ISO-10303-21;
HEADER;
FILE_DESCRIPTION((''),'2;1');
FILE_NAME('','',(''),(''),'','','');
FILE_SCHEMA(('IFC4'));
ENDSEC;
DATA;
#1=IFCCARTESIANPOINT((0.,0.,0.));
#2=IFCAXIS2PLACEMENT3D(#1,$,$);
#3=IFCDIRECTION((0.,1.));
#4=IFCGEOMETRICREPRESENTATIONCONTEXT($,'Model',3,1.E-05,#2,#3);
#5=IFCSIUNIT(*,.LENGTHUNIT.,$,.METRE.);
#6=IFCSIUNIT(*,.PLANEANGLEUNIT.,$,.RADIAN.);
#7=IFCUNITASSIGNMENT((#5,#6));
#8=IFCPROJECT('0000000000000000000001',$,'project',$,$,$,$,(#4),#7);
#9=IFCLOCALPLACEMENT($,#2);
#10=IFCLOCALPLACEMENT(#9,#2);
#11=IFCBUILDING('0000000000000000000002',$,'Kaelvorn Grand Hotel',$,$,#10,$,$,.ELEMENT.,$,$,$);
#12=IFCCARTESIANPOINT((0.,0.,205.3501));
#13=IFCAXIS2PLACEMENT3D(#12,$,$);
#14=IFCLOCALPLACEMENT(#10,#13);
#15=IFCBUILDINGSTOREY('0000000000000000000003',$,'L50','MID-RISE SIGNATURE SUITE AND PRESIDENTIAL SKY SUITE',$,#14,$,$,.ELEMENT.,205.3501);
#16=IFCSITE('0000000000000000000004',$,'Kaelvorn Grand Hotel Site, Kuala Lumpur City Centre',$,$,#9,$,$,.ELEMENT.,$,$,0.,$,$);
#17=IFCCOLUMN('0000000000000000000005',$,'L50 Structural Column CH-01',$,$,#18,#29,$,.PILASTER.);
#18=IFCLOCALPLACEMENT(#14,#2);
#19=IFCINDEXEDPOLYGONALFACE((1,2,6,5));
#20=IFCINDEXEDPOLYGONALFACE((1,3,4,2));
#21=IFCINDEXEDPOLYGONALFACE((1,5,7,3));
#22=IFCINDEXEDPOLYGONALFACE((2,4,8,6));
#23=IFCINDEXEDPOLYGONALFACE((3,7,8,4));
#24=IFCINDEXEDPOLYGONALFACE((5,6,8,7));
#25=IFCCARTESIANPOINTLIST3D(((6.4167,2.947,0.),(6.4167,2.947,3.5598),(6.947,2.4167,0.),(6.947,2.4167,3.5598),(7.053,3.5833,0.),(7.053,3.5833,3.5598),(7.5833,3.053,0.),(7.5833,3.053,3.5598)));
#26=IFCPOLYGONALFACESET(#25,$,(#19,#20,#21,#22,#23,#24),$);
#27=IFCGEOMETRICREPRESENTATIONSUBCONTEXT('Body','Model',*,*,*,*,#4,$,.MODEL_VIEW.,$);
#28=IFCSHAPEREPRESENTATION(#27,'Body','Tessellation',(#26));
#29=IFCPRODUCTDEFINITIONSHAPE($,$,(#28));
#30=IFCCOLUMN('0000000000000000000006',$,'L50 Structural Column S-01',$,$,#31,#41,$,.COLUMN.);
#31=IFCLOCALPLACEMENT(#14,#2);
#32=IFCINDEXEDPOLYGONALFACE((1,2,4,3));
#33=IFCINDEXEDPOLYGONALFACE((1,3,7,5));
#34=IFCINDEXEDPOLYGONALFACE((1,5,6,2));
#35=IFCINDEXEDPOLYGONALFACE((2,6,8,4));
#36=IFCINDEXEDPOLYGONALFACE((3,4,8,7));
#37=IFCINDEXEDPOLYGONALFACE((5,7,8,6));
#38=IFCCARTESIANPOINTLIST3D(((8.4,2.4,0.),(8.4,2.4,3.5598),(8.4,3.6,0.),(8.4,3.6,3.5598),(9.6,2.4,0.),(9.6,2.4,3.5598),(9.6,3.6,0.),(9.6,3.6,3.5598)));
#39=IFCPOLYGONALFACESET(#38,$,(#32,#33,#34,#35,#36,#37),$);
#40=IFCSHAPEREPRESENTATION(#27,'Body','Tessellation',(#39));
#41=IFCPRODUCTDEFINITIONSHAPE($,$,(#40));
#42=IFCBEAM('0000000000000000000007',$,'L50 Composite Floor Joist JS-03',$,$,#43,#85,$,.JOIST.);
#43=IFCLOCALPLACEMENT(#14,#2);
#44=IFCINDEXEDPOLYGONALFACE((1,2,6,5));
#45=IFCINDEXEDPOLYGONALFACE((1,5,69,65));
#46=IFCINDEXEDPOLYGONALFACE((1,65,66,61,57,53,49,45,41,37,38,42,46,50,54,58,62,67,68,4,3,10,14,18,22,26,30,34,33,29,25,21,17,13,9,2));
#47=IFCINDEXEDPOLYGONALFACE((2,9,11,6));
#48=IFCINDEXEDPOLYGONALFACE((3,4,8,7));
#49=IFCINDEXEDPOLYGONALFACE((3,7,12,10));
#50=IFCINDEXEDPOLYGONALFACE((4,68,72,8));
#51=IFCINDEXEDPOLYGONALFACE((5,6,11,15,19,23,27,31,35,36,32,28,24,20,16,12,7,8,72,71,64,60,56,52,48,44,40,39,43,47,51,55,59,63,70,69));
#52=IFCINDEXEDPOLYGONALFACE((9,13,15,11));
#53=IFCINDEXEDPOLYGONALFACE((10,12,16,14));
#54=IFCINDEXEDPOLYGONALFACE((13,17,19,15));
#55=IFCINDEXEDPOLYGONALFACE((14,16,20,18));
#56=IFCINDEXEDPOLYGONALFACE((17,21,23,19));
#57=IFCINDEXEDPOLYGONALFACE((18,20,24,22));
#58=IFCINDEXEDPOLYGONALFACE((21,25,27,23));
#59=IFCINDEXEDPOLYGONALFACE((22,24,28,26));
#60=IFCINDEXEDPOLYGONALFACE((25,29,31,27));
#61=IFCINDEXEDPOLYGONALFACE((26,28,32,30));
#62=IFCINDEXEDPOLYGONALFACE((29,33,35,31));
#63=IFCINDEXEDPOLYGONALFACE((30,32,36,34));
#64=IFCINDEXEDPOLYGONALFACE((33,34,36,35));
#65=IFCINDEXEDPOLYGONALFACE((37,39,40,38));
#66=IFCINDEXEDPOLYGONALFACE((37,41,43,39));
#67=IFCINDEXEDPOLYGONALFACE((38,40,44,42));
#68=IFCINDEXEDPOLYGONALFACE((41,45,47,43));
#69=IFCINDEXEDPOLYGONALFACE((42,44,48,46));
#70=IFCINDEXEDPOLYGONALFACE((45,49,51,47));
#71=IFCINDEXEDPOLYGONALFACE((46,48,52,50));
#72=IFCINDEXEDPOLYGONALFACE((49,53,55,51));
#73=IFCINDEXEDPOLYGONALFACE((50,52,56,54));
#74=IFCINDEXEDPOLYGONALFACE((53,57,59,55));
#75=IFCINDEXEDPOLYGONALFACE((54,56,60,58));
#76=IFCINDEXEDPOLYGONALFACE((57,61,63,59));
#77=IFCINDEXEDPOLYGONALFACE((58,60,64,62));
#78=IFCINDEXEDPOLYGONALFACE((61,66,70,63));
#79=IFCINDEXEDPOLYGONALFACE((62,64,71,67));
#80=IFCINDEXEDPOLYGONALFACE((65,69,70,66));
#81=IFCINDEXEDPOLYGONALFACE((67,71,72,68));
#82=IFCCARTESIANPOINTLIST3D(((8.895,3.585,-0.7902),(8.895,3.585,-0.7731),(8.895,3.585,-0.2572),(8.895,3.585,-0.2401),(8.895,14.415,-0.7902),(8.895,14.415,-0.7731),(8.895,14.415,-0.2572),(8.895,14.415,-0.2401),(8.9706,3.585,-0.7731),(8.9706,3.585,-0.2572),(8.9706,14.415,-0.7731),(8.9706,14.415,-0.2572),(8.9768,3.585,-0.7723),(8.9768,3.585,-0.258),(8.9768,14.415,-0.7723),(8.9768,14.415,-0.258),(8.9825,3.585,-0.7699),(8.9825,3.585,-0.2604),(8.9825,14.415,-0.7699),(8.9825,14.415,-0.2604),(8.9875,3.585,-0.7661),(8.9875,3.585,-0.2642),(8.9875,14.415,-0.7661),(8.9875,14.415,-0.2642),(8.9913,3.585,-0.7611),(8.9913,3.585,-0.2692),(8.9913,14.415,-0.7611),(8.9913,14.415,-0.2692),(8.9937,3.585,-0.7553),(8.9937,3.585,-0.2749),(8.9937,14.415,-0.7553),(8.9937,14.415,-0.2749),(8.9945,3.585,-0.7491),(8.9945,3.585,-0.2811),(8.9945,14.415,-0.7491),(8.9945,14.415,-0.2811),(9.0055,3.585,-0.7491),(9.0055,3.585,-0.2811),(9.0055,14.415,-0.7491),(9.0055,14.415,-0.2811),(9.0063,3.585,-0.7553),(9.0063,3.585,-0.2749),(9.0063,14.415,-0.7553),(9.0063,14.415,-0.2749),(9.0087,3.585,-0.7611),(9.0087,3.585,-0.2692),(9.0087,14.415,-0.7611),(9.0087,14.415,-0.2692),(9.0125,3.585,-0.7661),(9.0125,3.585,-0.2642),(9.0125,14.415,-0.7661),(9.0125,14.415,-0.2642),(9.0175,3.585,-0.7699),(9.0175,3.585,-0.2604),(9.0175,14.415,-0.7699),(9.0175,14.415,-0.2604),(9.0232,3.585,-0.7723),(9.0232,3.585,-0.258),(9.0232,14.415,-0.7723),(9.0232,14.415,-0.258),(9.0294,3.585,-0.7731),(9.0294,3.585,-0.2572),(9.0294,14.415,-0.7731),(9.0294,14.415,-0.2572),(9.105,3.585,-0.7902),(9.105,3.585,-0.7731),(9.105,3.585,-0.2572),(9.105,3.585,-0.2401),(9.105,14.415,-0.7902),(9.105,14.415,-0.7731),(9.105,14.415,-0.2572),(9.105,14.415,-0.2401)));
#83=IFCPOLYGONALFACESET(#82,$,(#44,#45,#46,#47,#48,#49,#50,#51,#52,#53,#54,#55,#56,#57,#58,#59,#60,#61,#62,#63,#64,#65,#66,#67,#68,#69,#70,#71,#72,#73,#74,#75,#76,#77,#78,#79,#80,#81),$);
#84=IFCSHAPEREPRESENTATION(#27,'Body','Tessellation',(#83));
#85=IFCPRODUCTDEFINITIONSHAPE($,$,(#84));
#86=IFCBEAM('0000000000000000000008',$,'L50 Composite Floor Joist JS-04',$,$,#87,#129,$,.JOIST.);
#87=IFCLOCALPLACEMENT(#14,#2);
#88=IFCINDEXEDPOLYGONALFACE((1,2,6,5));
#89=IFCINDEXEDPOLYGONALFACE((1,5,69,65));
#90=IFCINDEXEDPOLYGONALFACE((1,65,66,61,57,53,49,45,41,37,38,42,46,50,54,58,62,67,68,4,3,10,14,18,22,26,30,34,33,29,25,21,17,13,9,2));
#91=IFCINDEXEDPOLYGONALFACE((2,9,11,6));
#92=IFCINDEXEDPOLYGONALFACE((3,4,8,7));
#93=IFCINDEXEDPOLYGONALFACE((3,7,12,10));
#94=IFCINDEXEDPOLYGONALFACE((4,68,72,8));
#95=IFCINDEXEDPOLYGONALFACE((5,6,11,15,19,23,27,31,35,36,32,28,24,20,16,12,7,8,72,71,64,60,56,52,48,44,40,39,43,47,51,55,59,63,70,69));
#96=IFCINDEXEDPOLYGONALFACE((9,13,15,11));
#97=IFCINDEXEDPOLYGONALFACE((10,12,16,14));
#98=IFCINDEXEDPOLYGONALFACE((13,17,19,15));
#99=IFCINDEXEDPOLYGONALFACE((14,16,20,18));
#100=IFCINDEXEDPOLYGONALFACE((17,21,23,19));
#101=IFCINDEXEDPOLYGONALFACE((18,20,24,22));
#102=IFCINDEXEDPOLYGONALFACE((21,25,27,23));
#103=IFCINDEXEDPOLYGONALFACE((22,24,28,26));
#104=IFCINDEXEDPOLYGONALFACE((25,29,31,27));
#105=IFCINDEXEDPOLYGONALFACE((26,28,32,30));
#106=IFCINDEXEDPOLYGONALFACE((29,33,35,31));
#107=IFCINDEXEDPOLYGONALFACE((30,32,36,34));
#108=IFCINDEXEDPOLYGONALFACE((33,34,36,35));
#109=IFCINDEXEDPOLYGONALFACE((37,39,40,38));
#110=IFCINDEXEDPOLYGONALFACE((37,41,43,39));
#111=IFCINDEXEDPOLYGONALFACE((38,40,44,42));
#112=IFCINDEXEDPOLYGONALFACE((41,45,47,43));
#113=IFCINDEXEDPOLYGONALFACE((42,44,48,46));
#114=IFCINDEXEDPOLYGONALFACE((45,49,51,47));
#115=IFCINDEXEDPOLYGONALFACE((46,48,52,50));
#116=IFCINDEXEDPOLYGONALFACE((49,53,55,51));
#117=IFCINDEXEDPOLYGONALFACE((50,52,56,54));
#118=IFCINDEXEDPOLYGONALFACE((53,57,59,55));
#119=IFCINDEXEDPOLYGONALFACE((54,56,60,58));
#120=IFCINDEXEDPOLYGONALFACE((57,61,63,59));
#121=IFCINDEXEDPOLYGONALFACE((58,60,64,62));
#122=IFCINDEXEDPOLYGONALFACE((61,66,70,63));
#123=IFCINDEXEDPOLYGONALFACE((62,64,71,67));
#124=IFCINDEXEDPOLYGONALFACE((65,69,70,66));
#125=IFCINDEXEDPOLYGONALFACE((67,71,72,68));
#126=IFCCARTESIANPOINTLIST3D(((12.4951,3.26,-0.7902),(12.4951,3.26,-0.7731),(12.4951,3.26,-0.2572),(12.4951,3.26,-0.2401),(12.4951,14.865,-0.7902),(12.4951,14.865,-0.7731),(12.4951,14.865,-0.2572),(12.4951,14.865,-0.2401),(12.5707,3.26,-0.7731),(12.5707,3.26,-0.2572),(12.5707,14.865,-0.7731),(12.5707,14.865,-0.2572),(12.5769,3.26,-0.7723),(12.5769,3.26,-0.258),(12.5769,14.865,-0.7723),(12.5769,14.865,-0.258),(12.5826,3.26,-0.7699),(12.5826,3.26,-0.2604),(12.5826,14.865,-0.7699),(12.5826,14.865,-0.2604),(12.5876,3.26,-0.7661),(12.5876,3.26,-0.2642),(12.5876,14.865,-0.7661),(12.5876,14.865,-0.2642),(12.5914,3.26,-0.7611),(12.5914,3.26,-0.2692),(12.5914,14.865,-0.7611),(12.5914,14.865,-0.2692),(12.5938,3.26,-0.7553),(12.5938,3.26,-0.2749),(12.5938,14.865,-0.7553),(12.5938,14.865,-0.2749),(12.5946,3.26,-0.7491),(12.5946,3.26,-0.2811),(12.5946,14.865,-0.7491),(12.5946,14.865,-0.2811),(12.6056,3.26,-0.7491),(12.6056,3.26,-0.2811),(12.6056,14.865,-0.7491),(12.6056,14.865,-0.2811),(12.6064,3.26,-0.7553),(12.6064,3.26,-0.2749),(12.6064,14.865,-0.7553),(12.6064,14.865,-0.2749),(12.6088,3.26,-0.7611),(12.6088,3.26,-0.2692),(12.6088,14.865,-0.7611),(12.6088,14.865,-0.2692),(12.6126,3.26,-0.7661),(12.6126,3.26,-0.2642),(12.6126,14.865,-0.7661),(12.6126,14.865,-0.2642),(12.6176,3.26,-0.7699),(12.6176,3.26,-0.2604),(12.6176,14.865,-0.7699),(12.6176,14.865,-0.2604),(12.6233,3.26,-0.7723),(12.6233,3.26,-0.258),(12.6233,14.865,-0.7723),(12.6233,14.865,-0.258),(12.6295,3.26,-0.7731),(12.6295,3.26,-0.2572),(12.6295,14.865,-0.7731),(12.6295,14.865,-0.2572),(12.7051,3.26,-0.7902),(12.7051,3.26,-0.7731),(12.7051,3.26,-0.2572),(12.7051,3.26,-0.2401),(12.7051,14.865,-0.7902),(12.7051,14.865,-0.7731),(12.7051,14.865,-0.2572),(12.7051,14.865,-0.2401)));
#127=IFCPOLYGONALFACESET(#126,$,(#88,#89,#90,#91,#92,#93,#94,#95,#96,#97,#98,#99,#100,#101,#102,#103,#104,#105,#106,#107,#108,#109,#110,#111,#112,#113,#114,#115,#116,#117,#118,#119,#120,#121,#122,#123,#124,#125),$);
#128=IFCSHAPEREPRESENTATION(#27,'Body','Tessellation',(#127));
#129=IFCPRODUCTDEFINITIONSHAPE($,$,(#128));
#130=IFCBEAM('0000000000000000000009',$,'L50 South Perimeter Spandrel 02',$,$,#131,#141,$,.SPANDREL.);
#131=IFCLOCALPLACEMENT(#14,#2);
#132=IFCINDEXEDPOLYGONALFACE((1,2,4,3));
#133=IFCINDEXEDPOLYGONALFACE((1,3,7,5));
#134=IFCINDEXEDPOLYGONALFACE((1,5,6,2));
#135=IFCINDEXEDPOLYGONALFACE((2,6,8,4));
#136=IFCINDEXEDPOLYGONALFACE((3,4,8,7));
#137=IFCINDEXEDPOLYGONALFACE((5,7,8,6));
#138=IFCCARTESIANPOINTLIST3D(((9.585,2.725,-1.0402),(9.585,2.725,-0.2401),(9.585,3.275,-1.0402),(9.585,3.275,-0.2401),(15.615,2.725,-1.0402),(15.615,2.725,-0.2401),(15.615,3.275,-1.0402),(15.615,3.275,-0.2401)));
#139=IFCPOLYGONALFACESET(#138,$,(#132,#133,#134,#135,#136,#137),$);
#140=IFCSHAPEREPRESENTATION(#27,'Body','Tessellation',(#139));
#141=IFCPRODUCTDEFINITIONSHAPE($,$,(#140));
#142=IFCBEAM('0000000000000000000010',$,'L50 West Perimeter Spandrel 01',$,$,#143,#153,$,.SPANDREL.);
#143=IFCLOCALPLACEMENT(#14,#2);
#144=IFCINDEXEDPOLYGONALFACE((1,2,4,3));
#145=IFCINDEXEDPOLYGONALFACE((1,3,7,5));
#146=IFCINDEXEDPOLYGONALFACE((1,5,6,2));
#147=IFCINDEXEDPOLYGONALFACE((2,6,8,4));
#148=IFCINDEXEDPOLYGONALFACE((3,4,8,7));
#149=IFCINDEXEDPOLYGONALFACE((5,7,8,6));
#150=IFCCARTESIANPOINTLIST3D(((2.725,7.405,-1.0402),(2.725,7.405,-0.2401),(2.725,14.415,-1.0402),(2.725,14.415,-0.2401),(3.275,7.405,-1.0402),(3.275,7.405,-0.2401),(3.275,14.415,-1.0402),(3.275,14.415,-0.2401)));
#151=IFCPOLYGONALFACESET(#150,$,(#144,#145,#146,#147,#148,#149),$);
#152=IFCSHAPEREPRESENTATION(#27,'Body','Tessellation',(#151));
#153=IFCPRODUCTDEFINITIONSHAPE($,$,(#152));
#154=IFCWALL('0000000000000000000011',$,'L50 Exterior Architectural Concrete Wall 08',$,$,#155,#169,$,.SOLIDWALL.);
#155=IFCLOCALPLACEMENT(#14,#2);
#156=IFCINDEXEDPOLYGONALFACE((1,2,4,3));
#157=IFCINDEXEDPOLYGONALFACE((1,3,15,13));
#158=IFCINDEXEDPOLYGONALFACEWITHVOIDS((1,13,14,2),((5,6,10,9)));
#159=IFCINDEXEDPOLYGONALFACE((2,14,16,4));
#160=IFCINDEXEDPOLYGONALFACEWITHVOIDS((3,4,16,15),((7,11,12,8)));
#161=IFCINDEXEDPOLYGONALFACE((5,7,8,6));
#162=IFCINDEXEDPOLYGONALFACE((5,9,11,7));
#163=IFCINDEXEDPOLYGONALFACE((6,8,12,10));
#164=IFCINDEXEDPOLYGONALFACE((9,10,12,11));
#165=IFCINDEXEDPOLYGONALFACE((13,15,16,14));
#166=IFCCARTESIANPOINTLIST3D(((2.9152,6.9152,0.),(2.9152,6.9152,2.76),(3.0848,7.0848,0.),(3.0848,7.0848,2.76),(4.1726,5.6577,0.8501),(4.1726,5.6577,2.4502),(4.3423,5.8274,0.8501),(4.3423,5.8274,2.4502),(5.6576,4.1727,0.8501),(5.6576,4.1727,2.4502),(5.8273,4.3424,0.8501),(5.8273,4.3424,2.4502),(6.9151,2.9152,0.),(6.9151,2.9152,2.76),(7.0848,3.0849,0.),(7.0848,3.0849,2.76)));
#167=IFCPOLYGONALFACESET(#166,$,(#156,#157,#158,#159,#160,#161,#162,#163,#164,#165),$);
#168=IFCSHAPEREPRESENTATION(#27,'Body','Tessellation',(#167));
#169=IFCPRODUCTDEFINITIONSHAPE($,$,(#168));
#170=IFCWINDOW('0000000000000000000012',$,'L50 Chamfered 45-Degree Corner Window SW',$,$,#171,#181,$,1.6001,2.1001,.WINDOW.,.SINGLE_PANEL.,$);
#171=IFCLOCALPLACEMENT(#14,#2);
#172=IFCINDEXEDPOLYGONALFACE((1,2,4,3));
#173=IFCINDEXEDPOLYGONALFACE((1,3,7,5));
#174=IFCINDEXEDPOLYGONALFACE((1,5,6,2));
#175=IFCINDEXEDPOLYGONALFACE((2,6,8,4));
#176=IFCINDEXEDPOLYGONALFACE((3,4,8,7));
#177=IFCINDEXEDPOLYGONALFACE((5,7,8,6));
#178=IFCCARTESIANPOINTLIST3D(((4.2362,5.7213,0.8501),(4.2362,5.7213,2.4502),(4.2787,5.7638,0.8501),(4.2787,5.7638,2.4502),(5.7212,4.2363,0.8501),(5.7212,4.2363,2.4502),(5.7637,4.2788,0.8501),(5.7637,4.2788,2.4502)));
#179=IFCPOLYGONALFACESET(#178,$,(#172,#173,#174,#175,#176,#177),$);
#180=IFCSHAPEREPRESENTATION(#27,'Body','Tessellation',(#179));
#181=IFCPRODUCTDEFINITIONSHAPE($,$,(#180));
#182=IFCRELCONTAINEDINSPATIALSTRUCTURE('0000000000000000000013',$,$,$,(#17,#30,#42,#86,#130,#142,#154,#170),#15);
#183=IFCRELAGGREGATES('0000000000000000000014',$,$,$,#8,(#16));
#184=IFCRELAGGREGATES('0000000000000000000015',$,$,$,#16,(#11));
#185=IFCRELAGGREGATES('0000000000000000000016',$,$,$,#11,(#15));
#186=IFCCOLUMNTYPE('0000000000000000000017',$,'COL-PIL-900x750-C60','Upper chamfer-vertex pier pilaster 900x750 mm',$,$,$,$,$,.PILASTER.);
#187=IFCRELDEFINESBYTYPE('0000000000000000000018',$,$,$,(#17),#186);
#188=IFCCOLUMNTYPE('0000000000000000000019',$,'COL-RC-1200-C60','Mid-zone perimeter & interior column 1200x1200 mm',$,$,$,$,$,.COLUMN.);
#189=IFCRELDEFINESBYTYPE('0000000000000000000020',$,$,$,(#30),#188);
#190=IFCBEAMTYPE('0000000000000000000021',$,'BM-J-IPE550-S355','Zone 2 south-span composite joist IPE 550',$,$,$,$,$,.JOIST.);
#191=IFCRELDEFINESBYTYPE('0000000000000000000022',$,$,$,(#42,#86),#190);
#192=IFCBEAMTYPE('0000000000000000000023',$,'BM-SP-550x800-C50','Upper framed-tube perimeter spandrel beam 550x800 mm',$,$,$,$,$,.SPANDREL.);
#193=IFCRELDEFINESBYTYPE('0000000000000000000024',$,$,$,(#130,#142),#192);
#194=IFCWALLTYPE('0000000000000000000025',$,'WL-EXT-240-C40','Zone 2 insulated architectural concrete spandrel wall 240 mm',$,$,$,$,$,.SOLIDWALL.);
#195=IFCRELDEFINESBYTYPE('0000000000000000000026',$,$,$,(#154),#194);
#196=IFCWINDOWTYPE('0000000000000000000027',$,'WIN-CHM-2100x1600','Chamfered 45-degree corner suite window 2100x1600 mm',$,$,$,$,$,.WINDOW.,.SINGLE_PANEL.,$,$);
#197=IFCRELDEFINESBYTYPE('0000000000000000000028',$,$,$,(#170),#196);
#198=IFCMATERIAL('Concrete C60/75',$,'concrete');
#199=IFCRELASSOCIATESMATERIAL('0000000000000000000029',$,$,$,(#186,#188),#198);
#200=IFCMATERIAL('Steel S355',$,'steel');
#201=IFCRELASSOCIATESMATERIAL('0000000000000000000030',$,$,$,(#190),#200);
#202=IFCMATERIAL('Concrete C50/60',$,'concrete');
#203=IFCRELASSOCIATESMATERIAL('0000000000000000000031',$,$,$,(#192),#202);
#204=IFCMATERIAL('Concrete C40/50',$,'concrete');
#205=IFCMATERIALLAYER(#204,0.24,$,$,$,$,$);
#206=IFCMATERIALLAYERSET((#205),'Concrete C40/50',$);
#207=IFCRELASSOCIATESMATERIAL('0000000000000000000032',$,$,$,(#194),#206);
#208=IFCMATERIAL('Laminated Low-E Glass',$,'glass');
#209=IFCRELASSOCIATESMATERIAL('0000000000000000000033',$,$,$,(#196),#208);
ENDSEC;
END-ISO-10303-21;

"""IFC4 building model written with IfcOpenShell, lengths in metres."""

from ifc_helpers import new_model, si_unit, direction, frame, frame_2d, origin, origin_2d, place, context, subcontext, project, spatial, rectangle, i_section, extrude, material, layer, layer_set, material_profile, profile_set, type_object, element, fill, save


model = new_model("IFC4")

# Units and contexts
model_context = context("Model", 3, precision=1e-05, world=origin(), true_north=direction((0.0, 1.0)))
body_context = subcontext(model_context, "Body", "Model", "MODEL_VIEW")
ifc_project = project(units=[si_unit("LENGTHUNIT", "METRE"), si_unit("PLANEANGLEUNIT", "RADIAN")], contexts=[model_context])

# Site, building, storey
site_placement = place(None, origin())
site = spatial("IfcSite", under=ifc_project, at=site_placement, Name="Kaelvorn Grand Hotel Site, Kuala Lumpur City Centre", CompositionType="ELEMENT", RefElevation=0.0)
building_placement = place(site_placement, origin())
building = spatial("IfcBuilding", under=site, at=building_placement, Name="Kaelvorn Grand Hotel", CompositionType="ELEMENT")
storey_placement = place(building_placement, frame((0.0, 0.0, 205.3501)))
storey = spatial("IfcBuildingStorey", under=building, at=storey_placement, Name="L50", Description="MID-RISE SIGNATURE SUITE AND PRESIDENTIAL SKY SUITE", CompositionType="ELEMENT", Elevation=205.3501)

# Columns
ifc_material_1 = material(Name="Concrete C60/75", Category="concrete")
ifc_material_profile_1 = material_profile(ifc_material_1, rectangle(XDim=0.8999, YDim=0.75, at=origin_2d()), Name="RC PILASTER 900x750")
ifc_profile_set_1 = profile_set([ifc_material_profile_1], Name="Concrete C60/75")
column_type_1 = type_object("IfcColumnType", Name="COL-PIL-900x750-C60", Description="Upper chamfer-vertex pier pilaster 900x750 mm", PredefinedType="PILASTER", material=ifc_profile_set_1)
column_1_placement = place(storey_placement, frame((7.0, 3.0, 0.0), z_axis=(0.0, 0.0, 1.0), x_axis=(0.707107, 0.707107, 0.0)))
element("IfcColumn", 1, at=column_1_placement, inside=storey, type_object=column_type_1, Name="L50 Structural Column CH-01", PredefinedType="PILASTER", context=body_context, shape_type="SweptSolid", body=[
    extrude(rectangle(XDim=0.8999, YDim=0.75, at=origin_2d()), origin(), (0.0, 0.0, 1.0), 3.5598),
])
ifc_material_profile_2 = material_profile(ifc_material_1, rectangle(XDim=1.2, YDim=1.2, at=origin_2d()), Name="RC COL 1200x1200")
ifc_profile_set_2 = profile_set([ifc_material_profile_2], Name="Concrete C60/75")
column_type_2 = type_object("IfcColumnType", Name="COL-RC-1200-C60", Description="Mid-zone perimeter & interior column 1200x1200 mm", PredefinedType="COLUMN", material=ifc_profile_set_2)
column_2_placement = place(storey_placement, frame((9.0, 3.0, 0.0), z_axis=(0.0, 0.0, 1.0), x_axis=(1.0, 0.0, 0.0)))
element("IfcColumn", 2, at=column_2_placement, inside=storey, type_object=column_type_2, Name="L50 Structural Column S-01", PredefinedType="COLUMN", context=body_context, shape_type="SweptSolid", body=[
    extrude(rectangle(XDim=1.2, YDim=1.2, at=origin_2d()), origin(), (0.0, 0.0, 1.0), 3.5598),
])

# Beams
ifc_material_2 = material(Name="Steel S355", Category="steel")
ifc_material_profile_3 = material_profile(ifc_material_2, i_section(OverallWidth=0.21, OverallDepth=0.55, WebThickness=0.011, FlangeThickness=0.0171, FilletRadius=0.0239, at=origin_2d()), Name="IPE 550")
ifc_profile_set_3 = profile_set([ifc_material_profile_3], Name="Steel S355")
beam_type_1 = type_object("IfcBeamType", Name="BM-J-IPE550-S355", Description="Zone 2 south-span composite joist IPE 550", PredefinedType="JOIST", material=ifc_profile_set_3)
beam_1_placement = place(storey_placement, frame((9.0, 3.585, -0.5151), z_axis=(0.0, 1.0, 0.0), x_axis=(-1.0, 0.0, 0.0)))
element("IfcBeam", 3, at=beam_1_placement, inside=storey, type_object=beam_type_1, Name="L50 Composite Floor Joist JS-03", PredefinedType="JOIST", context=body_context, shape_type="SweptSolid", body=[
    extrude(i_section(OverallWidth=0.21, OverallDepth=0.55, WebThickness=0.011, FlangeThickness=0.0171, FilletRadius=0.0239, at=origin_2d()), origin(), (0.0, 0.0, 1.0), 10.8301),
])
beam_2_placement = place(storey_placement, frame((12.6001, 3.26, -0.5151), z_axis=(0.0, 1.0, 0.0), x_axis=(-1.0, 0.0, 0.0)))
element("IfcBeam", 4, at=beam_2_placement, inside=storey, type_object=beam_type_1, Name="L50 Composite Floor Joist JS-04", PredefinedType="JOIST", context=body_context, shape_type="SweptSolid", body=[
    extrude(i_section(OverallWidth=0.21, OverallDepth=0.55, WebThickness=0.011, FlangeThickness=0.0171, FilletRadius=0.0239, at=origin_2d()), origin(), (0.0, 0.0, 1.0), 11.605),
])
ifc_material_3 = material(Name="Concrete C50/60", Category="concrete")
ifc_material_profile_4 = material_profile(ifc_material_3, rectangle(XDim=0.55, YDim=0.8, at=origin_2d()), Name="RC SPANDREL 550x800")
ifc_profile_set_4 = profile_set([ifc_material_profile_4], Name="Concrete C50/60")
beam_type_2 = type_object("IfcBeamType", Name="BM-SP-550x800-C50", Description="Upper framed-tube perimeter spandrel beam 550x800 mm", PredefinedType="SPANDREL", material=ifc_profile_set_4)
beam_3_placement = place(storey_placement, frame((9.585, 3.0, -0.6401), z_axis=(1.0, 0.0, 0.0), x_axis=(0.0, 1.0, 0.0)))
element("IfcBeam", 5, at=beam_3_placement, inside=storey, type_object=beam_type_2, Name="L50 South Perimeter Spandrel 02", PredefinedType="SPANDREL", context=body_context, shape_type="SweptSolid", body=[
    extrude(rectangle(XDim=0.55, YDim=0.8, at=origin_2d()), origin(), (0.0, 0.0, 1.0), 6.03),
])
beam_4_placement = place(storey_placement, frame((3.0, 7.405, -0.6401), z_axis=(0.0, 1.0, 0.0), x_axis=(-1.0, 0.0, 0.0)))
element("IfcBeam", 6, at=beam_4_placement, inside=storey, type_object=beam_type_2, Name="L50 West Perimeter Spandrel 01", PredefinedType="SPANDREL", context=body_context, shape_type="SweptSolid", body=[
    extrude(rectangle(XDim=0.55, YDim=0.8, at=origin_2d()), origin(), (0.0, 0.0, 1.0), 7.01),
])

# Shared definitions
ifc_material_4 = material(Name="Concrete C40/50", Category="concrete")
ifc_layer_1 = layer(ifc_material_4, 0.24)
ifc_layer_set_1 = layer_set([ifc_layer_1], Name="Concrete C40/50")
wall_type_1 = type_object("IfcWallType", Name="WL-EXT-240-C40", Description="Zone 2 insulated architectural concrete spandrel wall 240 mm", PredefinedType="SOLIDWALL", material=ifc_layer_set_1)
ifc_material_5 = material(Name="Laminated Low-E Glass", Category="glass")

# Wall, opening, window
wall_1_placement = place(storey_placement, frame((3.0, 7.0, 0.0), z_axis=(0.0, 0.0, 1.0), x_axis=(0.707107, -0.707107, 0.0)))
wall_1 = element("IfcWall", 7, at=wall_1_placement, inside=storey, type_object=wall_type_1, Name="L50 Exterior Architectural Concrete Wall 08", PredefinedType="SOLIDWALL", context=body_context, shape_type="SweptSolid", body=[
    extrude(rectangle(XDim=5.6567, YDim=0.24, at=frame_2d((2.8284, 0.0))), origin(), (0.0, 0.0, 1.0), 2.76),
])
opening_1_placement = place(wall_1_placement, frame((1.7783, 0.0, 0.8501)))
opening_1 = element("IfcOpeningElement", 8, at=opening_1_placement, cuts=wall_1, PredefinedType="OPENING", context=body_context, shape_type="SweptSolid", body=[
    extrude(rectangle(XDim=2.1001, YDim=1.6001, at=frame_2d((1.05, 0.8))), frame((0.0, 0.1299, 0.0), z_axis=(0.0, -1.0, 0.0), x_axis=(1.0, 0.0, 0.0)), (0.0, 0.0, 1.0), 0.26),
])
window_type_1 = type_object("IfcWindowType", Name="WIN-CHM-2100x1600", Description="Chamfered 45-degree corner suite window 2100x1600 mm", PartitioningType="SINGLE_PANEL", PredefinedType="WINDOW", material=ifc_material_5)
window_1_placement = place(opening_1_placement, origin())
window_1 = element("IfcWindow", 9, at=window_1_placement, inside=storey, type_object=window_type_1, Name="L50 Chamfered 45-Degree Corner Window SW", OverallHeight=1.6001, OverallWidth=2.1001, PartitioningType="SINGLE_PANEL", PredefinedType="WINDOW", context=body_context, shape_type="SweptSolid", body=[
    extrude(rectangle(XDim=2.1001, YDim=1.6001, at=frame_2d((1.05, 0.8))), frame((0.0, 0.03, 0.0), z_axis=(0.0, -1.0, 0.0), x_axis=(1.0, 0.0, 0.0)), (0.0, 0.0, 1.0), 0.0601),
])
fill(opening_1, window_1)

save(model, "model.ifc")
